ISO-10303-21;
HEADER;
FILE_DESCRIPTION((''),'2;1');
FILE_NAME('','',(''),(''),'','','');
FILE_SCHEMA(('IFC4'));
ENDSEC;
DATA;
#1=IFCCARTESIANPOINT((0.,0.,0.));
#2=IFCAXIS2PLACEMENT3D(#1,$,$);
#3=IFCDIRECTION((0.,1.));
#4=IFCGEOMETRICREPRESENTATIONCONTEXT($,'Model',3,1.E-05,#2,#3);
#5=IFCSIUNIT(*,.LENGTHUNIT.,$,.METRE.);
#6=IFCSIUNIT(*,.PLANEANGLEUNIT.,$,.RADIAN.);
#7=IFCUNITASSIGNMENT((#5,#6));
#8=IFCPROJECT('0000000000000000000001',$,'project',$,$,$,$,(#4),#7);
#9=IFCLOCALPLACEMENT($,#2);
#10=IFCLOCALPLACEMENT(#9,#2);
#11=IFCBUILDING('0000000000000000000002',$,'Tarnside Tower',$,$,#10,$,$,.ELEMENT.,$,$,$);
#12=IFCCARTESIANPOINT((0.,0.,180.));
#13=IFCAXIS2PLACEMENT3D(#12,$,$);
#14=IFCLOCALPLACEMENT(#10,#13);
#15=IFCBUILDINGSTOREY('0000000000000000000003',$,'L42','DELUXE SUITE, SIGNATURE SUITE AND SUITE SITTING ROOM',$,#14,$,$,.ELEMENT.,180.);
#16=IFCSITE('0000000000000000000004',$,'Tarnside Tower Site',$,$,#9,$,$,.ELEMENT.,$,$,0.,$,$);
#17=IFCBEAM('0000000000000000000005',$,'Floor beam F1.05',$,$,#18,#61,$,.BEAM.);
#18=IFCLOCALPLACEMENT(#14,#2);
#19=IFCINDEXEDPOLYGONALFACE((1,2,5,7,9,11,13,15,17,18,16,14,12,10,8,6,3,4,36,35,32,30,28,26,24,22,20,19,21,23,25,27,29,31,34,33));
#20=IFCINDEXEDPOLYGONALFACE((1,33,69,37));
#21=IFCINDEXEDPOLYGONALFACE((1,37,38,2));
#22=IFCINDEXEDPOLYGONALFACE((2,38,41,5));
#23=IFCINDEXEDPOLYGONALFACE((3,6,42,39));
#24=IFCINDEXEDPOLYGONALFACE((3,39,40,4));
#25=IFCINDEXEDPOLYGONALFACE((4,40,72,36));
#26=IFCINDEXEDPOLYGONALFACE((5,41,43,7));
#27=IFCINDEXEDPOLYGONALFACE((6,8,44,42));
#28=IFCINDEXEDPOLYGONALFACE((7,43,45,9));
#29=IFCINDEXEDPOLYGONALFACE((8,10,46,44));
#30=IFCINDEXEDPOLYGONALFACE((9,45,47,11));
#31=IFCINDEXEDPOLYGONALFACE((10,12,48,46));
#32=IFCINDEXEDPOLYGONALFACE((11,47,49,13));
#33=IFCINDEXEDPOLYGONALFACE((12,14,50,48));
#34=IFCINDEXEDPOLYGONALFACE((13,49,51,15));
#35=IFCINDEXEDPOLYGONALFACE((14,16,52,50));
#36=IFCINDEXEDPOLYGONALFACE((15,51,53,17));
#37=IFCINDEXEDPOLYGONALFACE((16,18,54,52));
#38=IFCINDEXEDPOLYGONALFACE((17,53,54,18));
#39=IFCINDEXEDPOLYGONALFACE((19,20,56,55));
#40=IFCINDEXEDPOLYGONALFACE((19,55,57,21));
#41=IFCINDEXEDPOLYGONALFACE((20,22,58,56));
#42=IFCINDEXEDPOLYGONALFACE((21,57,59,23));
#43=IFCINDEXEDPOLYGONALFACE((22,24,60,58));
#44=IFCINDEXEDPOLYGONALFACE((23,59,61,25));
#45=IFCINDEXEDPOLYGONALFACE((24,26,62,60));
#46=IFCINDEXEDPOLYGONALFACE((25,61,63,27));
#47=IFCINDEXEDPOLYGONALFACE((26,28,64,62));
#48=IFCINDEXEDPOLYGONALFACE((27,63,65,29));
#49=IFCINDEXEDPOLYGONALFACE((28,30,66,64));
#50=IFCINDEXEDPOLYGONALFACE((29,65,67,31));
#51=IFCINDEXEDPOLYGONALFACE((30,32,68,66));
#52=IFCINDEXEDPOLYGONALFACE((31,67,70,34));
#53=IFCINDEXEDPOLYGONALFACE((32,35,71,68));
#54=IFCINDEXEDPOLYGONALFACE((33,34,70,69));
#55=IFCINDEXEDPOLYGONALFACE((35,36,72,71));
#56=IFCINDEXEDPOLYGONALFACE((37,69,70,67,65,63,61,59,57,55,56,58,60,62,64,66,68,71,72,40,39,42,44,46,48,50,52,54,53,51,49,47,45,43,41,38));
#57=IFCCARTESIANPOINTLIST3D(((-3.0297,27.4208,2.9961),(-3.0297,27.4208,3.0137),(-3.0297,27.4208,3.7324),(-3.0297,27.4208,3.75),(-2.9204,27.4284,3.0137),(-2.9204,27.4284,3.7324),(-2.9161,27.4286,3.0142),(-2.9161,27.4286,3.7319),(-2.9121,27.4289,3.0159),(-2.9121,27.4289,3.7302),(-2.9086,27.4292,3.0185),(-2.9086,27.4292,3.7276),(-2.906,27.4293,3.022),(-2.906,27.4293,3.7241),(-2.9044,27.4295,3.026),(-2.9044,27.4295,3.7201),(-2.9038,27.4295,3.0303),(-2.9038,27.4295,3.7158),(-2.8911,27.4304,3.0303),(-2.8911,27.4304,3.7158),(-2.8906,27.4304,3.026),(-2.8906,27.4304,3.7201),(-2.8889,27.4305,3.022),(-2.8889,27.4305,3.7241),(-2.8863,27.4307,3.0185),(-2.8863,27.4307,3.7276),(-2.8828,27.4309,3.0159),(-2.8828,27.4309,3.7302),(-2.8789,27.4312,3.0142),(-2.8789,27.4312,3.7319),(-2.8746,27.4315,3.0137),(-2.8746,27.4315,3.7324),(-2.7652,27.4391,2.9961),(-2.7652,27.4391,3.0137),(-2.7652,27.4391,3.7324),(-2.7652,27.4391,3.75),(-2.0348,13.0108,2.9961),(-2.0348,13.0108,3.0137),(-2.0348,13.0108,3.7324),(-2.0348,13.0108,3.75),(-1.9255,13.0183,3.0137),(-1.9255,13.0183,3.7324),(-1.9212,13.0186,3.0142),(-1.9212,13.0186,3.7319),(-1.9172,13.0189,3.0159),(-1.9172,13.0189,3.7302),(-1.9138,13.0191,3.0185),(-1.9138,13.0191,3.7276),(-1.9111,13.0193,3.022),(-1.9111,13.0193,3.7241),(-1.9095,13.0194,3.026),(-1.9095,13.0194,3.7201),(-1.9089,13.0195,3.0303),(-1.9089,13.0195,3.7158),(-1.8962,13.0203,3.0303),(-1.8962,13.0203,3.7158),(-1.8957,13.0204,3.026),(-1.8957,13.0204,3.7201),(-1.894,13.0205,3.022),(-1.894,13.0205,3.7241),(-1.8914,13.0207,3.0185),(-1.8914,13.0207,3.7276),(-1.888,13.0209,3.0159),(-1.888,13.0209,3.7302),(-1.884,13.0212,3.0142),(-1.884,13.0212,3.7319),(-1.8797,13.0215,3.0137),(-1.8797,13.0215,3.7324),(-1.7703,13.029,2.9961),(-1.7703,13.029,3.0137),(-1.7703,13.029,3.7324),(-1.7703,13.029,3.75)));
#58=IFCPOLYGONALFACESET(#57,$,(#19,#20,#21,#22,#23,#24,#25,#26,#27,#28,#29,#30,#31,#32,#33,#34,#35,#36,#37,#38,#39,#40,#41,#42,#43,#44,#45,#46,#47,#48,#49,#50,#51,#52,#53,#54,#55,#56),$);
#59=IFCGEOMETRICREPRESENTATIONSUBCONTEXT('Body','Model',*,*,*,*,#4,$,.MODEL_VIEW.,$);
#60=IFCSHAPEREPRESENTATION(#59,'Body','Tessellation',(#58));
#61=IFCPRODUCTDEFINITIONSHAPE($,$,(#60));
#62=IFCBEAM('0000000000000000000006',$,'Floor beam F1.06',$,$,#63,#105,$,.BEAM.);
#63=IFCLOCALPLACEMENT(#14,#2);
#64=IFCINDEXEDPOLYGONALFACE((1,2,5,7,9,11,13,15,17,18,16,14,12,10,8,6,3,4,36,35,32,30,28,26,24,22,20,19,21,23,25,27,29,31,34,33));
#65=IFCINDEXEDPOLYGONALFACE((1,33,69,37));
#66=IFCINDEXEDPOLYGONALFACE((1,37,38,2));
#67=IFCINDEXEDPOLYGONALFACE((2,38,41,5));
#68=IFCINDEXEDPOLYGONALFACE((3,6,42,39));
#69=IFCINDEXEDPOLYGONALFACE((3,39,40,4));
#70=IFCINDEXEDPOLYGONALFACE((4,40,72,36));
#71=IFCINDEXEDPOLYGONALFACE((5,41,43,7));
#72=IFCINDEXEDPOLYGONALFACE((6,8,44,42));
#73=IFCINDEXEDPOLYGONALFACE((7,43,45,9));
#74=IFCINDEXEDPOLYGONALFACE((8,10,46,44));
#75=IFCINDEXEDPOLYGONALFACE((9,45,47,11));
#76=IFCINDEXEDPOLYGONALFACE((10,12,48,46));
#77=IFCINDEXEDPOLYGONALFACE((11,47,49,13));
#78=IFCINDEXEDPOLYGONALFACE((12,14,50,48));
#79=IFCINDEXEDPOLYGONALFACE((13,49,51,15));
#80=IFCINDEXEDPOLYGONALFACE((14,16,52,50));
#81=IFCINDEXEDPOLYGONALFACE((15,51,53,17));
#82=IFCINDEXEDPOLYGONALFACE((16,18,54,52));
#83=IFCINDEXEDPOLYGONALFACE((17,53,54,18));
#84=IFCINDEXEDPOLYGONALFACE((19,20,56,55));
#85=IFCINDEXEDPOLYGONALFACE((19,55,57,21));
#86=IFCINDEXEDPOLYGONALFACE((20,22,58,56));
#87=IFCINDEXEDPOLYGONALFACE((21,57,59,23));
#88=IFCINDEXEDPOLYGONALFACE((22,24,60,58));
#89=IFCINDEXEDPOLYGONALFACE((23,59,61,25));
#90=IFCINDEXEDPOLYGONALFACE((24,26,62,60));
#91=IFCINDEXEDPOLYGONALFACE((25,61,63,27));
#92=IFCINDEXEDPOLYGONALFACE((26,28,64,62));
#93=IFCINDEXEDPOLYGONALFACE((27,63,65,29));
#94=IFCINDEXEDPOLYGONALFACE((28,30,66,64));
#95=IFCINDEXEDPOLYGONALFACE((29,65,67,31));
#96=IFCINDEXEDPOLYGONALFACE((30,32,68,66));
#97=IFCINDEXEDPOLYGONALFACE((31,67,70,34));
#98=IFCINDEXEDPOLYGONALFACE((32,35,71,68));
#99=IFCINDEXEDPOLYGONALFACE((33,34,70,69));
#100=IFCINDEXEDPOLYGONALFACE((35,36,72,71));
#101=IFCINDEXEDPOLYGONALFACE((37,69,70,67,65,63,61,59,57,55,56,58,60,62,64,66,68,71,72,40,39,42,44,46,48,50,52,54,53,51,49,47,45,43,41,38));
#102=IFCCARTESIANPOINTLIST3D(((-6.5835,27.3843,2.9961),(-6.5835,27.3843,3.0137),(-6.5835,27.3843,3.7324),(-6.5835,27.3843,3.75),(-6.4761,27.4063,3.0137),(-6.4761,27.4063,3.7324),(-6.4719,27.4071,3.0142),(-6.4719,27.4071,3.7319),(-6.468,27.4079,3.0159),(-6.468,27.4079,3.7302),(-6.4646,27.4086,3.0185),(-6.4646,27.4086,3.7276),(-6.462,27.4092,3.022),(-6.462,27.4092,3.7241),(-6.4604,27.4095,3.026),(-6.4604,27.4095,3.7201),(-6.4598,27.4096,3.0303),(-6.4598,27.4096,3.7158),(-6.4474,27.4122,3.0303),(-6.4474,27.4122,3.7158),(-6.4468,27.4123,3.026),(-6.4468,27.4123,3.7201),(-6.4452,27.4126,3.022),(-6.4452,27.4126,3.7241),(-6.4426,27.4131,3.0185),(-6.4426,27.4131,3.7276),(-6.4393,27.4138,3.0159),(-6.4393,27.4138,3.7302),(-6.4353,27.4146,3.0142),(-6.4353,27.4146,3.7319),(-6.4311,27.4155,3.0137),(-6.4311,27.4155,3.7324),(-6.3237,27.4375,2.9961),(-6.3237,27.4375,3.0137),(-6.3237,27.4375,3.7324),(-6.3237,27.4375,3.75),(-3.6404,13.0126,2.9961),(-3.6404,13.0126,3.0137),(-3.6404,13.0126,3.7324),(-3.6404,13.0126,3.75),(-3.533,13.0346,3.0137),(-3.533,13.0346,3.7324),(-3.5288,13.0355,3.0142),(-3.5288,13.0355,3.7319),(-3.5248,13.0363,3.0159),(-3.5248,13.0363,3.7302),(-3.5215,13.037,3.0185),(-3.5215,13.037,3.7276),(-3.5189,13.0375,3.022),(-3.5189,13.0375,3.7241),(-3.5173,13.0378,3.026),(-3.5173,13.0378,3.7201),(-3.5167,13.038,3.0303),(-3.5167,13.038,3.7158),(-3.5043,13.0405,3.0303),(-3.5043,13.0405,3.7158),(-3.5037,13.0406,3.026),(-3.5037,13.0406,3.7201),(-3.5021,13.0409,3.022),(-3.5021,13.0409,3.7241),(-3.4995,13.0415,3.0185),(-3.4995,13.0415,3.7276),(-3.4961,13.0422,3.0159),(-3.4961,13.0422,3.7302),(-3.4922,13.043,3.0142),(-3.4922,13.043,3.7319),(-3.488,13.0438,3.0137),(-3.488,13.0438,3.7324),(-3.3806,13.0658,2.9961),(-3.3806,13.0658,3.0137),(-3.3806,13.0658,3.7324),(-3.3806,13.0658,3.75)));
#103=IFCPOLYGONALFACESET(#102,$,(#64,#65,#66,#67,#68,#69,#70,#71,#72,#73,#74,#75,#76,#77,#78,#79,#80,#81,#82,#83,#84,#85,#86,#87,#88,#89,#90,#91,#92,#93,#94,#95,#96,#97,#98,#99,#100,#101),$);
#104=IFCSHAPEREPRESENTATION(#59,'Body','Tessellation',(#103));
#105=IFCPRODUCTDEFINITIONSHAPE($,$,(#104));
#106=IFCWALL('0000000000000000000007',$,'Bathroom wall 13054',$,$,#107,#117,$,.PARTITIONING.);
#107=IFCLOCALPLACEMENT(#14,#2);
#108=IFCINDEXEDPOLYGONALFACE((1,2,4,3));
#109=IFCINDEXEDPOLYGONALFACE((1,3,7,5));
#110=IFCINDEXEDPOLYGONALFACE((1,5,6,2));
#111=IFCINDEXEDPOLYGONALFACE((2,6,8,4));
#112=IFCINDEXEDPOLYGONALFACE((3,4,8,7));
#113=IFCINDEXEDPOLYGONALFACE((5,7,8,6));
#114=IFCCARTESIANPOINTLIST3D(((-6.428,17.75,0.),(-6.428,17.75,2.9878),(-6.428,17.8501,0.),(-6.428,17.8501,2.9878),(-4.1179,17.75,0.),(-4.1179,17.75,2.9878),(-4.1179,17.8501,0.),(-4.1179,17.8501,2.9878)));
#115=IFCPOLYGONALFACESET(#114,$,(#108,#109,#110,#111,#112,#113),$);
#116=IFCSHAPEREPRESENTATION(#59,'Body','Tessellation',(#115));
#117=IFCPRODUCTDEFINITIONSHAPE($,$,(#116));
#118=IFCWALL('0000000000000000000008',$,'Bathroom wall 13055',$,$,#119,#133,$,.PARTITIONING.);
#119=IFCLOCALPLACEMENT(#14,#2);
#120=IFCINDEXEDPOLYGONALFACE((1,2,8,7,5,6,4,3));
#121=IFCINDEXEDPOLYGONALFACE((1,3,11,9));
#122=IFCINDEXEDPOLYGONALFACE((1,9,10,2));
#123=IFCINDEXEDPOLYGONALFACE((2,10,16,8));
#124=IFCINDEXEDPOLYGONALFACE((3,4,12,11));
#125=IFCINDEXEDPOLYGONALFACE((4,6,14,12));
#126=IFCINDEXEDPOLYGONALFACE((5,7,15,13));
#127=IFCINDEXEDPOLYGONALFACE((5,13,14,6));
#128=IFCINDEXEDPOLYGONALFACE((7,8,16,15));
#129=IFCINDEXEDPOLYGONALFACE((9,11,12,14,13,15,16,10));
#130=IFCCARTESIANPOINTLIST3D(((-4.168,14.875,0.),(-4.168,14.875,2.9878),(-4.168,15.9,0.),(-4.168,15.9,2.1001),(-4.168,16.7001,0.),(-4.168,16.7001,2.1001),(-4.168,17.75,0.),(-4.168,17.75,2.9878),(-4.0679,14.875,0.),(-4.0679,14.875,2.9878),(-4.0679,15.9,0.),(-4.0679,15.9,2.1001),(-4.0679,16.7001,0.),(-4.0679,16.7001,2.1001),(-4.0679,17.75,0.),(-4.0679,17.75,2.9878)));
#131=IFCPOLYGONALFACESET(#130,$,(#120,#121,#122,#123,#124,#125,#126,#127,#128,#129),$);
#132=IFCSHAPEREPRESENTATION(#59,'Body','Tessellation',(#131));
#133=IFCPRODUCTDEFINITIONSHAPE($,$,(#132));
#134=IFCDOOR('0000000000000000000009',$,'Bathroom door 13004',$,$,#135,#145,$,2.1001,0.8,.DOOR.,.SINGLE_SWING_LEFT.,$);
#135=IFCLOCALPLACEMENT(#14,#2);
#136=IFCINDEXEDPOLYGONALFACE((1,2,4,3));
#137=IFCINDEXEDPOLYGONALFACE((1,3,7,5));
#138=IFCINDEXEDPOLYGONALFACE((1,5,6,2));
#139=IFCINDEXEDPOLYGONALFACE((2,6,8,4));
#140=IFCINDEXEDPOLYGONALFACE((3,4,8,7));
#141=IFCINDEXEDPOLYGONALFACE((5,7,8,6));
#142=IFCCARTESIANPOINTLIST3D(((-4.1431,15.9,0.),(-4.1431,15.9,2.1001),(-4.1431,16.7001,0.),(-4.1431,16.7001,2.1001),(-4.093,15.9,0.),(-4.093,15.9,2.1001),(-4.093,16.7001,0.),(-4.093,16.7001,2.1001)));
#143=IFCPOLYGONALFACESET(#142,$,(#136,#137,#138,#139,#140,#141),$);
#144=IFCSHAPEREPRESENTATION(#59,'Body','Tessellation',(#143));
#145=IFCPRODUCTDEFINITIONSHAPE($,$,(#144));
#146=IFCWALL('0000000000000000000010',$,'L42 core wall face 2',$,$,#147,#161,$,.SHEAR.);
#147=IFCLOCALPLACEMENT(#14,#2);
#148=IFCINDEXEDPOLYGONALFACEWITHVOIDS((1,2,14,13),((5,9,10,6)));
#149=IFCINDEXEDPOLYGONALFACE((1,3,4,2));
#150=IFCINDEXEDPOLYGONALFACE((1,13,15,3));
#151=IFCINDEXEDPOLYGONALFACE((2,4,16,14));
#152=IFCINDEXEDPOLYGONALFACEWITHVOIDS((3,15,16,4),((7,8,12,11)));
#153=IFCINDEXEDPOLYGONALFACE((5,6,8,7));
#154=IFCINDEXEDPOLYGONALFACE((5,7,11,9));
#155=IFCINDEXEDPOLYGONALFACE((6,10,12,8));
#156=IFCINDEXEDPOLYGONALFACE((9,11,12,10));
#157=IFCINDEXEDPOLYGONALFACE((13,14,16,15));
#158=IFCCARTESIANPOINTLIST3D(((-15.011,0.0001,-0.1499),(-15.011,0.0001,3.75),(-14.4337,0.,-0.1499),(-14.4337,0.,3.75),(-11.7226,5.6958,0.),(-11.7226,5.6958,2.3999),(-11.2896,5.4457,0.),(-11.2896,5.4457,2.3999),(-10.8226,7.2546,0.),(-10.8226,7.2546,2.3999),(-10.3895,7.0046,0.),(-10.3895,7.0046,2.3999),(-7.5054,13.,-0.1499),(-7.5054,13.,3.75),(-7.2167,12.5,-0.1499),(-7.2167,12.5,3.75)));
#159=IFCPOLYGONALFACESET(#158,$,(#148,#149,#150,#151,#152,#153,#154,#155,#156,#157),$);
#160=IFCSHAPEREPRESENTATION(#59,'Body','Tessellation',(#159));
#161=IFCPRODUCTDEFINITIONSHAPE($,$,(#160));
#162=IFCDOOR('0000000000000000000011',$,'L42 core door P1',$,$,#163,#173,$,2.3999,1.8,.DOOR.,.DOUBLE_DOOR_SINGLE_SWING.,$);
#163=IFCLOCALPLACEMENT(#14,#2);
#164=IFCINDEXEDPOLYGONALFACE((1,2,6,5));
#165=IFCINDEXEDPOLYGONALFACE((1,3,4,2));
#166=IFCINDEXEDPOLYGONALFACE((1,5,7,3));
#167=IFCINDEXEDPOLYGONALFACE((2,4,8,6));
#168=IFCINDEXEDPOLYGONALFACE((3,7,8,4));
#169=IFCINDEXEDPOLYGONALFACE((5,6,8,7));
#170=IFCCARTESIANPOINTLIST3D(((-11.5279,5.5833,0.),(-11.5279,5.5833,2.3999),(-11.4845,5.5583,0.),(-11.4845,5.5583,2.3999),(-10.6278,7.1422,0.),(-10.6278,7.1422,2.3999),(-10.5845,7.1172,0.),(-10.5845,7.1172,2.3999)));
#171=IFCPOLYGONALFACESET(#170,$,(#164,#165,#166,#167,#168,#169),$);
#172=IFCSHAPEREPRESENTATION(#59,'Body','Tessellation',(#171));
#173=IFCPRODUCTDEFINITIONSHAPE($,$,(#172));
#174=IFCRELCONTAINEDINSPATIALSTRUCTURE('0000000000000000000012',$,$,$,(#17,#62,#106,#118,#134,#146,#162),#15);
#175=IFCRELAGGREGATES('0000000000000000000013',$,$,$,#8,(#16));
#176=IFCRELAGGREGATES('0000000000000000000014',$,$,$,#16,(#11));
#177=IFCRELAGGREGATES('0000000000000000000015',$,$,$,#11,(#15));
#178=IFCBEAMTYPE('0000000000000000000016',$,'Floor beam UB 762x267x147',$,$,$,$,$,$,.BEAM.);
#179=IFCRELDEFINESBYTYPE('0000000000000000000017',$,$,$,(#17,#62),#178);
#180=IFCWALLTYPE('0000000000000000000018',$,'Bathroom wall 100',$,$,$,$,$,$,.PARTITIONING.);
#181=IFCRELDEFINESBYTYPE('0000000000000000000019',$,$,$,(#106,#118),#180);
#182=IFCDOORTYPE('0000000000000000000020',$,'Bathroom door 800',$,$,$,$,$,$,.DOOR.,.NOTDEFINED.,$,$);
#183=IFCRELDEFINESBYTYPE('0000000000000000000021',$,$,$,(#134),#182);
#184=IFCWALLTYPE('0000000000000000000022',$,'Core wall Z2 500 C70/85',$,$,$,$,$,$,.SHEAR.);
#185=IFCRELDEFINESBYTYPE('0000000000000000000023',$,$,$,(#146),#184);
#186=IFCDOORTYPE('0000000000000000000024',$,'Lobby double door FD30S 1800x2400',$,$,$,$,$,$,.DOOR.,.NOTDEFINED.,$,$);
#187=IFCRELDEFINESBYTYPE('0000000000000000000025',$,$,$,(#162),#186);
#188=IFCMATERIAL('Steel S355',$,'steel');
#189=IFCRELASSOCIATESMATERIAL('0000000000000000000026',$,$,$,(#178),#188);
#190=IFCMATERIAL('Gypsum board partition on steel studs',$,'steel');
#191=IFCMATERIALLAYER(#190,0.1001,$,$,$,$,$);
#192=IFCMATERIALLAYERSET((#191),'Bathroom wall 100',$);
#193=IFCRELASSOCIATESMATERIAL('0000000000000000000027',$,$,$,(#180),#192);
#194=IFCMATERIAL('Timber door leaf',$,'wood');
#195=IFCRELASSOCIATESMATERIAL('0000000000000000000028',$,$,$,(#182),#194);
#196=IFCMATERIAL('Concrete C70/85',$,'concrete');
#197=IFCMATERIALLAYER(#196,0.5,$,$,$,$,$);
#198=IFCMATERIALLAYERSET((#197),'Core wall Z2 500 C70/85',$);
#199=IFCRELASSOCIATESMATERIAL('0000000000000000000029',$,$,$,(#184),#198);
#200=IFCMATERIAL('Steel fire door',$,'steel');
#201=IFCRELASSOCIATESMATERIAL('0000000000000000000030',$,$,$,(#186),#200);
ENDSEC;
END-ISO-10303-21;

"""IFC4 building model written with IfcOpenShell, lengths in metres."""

from ifc_helpers import new_model, si_unit, direction, frame, frame_2d, origin, origin_2d, place, context, subcontext, project, spatial, polyline, rectangle, i_section, outline, extrude, material, layer, layer_set, material_profile, profile_set, type_object, element, fill, save


model = new_model("IFC4")

# Units and contexts
model_context = context("Model", 3, precision=1e-05, world=origin(), true_north=direction((0.0, 1.0)))
body_context = subcontext(model_context, "Body", "Model", "MODEL_VIEW")
ifc_project = project(units=[si_unit("LENGTHUNIT", "METRE"), si_unit("PLANEANGLEUNIT", "RADIAN")], contexts=[model_context])

# Site, building, storey
site_placement = place(None, origin())
site = spatial("IfcSite", under=ifc_project, at=site_placement, Name="Tarnside Tower Site", CompositionType="ELEMENT", RefElevation=0.0)
building_placement = place(site_placement, origin())
building = spatial("IfcBuilding", under=site, at=building_placement, Name="Tarnside Tower", CompositionType="ELEMENT")
storey_placement = place(building_placement, frame((0.0, 0.0, 180.0)))
storey = spatial("IfcBuildingStorey", under=building, at=storey_placement, Name="L42", Description="DELUXE SUITE, SIGNATURE SUITE AND SUITE SITTING ROOM", CompositionType="ELEMENT", Elevation=180.0)

# Beams
ifc_material_1 = material(Name="Steel S355", Category="steel")
ifc_material_profile = material_profile(ifc_material_1, i_section(OverallWidth=0.2651, OverallDepth=0.7539, WebThickness=0.0127, FlangeThickness=0.0176, FilletRadius=0.0166, at=origin_2d()), Name="UB 762x267x147")
ifc_profile_set = profile_set([ifc_material_profile], Name="Steel S355")
beam_type = type_object("IfcBeamType", Name="Floor beam UB 762x267x147", PredefinedType="BEAM", material=ifc_profile_set)
beam_1_placement = place(storey_placement, frame((-2.8975, 27.4299, 3.373), z_axis=(0.068877, -0.997625, 0.0), x_axis=(0.997625, 0.068877, 0.0)))
element("IfcBeam", 1, at=beam_1_placement, inside=storey, type_object=beam_type, Name="Floor beam F1.05", PredefinedType="BEAM", context=body_context, shape_type="SweptSolid", body=[
    extrude(i_section(OverallWidth=0.2651, OverallDepth=0.7539, WebThickness=0.0127, FlangeThickness=0.0176, FilletRadius=0.0166, at=origin_2d()), origin(), (0.0, 0.0, 1.0), 14.4443),
])
beam_2_placement = place(storey_placement, frame((-6.4536, 27.4109, 3.373), z_axis=(0.200623, -0.979668, 0.0), x_axis=(0.979668, 0.200623, 0.0)))
element("IfcBeam", 2, at=beam_2_placement, inside=storey, type_object=beam_type, Name="Floor beam F1.06", PredefinedType="BEAM", context=body_context, shape_type="SweptSolid", body=[
    extrude(i_section(OverallWidth=0.2651, OverallDepth=0.7539, WebThickness=0.0127, FlangeThickness=0.0176, FilletRadius=0.0166, at=origin_2d()), origin(), (0.0, 0.0, 1.0), 14.6699),
])

# Wall
ifc_material_2 = material(Name="Gypsum board partition on steel studs", Category="steel")
ifc_layer_1 = layer(ifc_material_2, 0.1001)
ifc_layer_set_1 = layer_set([ifc_layer_1], Name="Bathroom wall 100")
wall_type_1 = type_object("IfcWallType", Name="Bathroom wall 100", PredefinedType="PARTITIONING", material=ifc_layer_set_1)
wall_1_placement = place(storey_placement, frame((-6.428, 17.8, 0.0), z_axis=(0.0, 0.0, 1.0), x_axis=(1.0, 0.0, 0.0)))
element("IfcWall", 3, at=wall_1_placement, inside=storey, type_object=wall_type_1, Name="Bathroom wall 13054", PredefinedType="PARTITIONING", context=body_context, shape_type="SweptSolid", body=[
    extrude(rectangle(XDim=2.3101, YDim=0.1001, at=frame_2d((1.155, 0.0))), origin(), (0.0, 0.0, 1.0), 2.9878),
])

# Walls, openings, doors
wall_2_placement = place(storey_placement, frame((-4.1179, 17.75, 0.0), z_axis=(0.0, 0.0, 1.0), x_axis=(0.0, -1.0, 0.0)))
wall_2 = element("IfcWall", 4, at=wall_2_placement, inside=storey, type_object=wall_type_1, Name="Bathroom wall 13055", PredefinedType="PARTITIONING", context=body_context, shape_type="SweptSolid", body=[
    extrude(rectangle(XDim=2.875, YDim=0.1001, at=frame_2d((1.4375, 0.0))), origin(), (0.0, 0.0, 1.0), 2.9878),
])
opening_1_placement = place(wall_2_placement, frame((1.05, 0.0, 0.0)))
opening_1 = element("IfcOpeningElement", 5, at=opening_1_placement, cuts=wall_2, PredefinedType="OPENING", context=body_context, shape_type="SweptSolid", body=[
    extrude(rectangle(XDim=0.8, YDim=2.1001, at=frame_2d((0.3999, 1.05))), frame((0.0, 0.0601, 0.0), z_axis=(0.0, -1.0, 0.0), x_axis=(1.0, 0.0, 0.0)), (0.0, 0.0, 1.0), 0.1201),
])
ifc_material_3 = material(Name="Timber door leaf", Category="wood")
door_type_1 = type_object("IfcDoorType", Name="Bathroom door 800", OperationType="NOTDEFINED", PredefinedType="DOOR", material=ifc_material_3)
door_1_placement = place(opening_1_placement, origin())
door_1 = element("IfcDoor", 6, at=door_1_placement, inside=storey, type_object=door_type_1, Name="Bathroom door 13004", OperationType="SINGLE_SWING_LEFT", OverallHeight=2.1001, OverallWidth=0.8, PredefinedType="DOOR", context=body_context, shape_type="SweptSolid", body=[
    extrude(rectangle(XDim=0.8, YDim=2.1001, at=frame_2d((0.3999, 1.05))), frame((0.0, 0.0249, 0.0), z_axis=(0.0, -1.0, 0.0), x_axis=(1.0, 0.0, 0.0)), (0.0, 0.0, 1.0), 0.05),
])
fill(opening_1, door_1)
ifc_material_4 = material(Name="Concrete C70/85", Category="concrete")
ifc_layer_2 = layer(ifc_material_4, 0.5)
ifc_layer_set_2 = layer_set([ifc_layer_2], Name="Core wall Z2 500 C70/85")
wall_type_2 = type_object("IfcWallType", Name="Core wall Z2 500 C70/85", PredefinedType="SHEAR", material=ifc_layer_set_2)
wall_3_placement = place(storey_placement, frame((-7.3611, 12.75, -0.1499), z_axis=(0.0, 0.0, 1.0), x_axis=(-0.500006, -0.866022, 0.0)))
wall_3 = element("IfcWall", 7, at=wall_3_placement, inside=storey, type_object=wall_type_2, Name="L42 core wall face 2", PredefinedType="SHEAR", context=body_context, shape_type="SweptSolid", body=[
    extrude(outline(polyline([(-0.1443, -0.25), (14.8667, -0.25), (14.5781, 0.25), (0.1443, 0.25), (-0.1443, -0.25)])), origin(), (0.0, 0.0, 1.0), 3.8999),
])
opening_2_placement = place(wall_3_placement, frame((6.49, 0.0, 0.1499)))
opening_2 = element("IfcOpeningElement", 8, at=opening_2_placement, cuts=wall_3, PredefinedType="OPENING", context=body_context, shape_type="SweptSolid", body=[
    extrude(rectangle(XDim=1.8, YDim=2.3999, at=frame_2d((0.8999, 1.2))), frame((0.0, 0.26, 0.0), z_axis=(0.0, -1.0, 0.0), x_axis=(1.0, 0.0, 0.0)), (0.0, 0.0, 1.0), 0.52),
])
ifc_material_5 = material(Name="Steel fire door", Category="steel")
door_type_2 = type_object("IfcDoorType", Name="Lobby double door FD30S 1800x2400", OperationType="NOTDEFINED", PredefinedType="DOOR", material=ifc_material_5)
door_2_placement = place(opening_2_placement, origin())
door_2 = element("IfcDoor", 9, at=door_2_placement, inside=storey, type_object=door_type_2, Name="L42 core door P1", OperationType="DOUBLE_DOOR_SINGLE_SWING", OverallHeight=2.3999, OverallWidth=1.8, PredefinedType="DOOR", context=body_context, shape_type="SweptSolid", body=[
    extrude(rectangle(XDim=1.8, YDim=2.3999, at=frame_2d((0.8999, 1.2))), frame((0.0, 0.0249, 0.0), z_axis=(0.0, -1.0, 0.0), x_axis=(1.0, 0.0, 0.0)), (0.0, 0.0, 1.0), 0.05),
])
fill(opening_2, door_2)

save(model, "model.ifc")
